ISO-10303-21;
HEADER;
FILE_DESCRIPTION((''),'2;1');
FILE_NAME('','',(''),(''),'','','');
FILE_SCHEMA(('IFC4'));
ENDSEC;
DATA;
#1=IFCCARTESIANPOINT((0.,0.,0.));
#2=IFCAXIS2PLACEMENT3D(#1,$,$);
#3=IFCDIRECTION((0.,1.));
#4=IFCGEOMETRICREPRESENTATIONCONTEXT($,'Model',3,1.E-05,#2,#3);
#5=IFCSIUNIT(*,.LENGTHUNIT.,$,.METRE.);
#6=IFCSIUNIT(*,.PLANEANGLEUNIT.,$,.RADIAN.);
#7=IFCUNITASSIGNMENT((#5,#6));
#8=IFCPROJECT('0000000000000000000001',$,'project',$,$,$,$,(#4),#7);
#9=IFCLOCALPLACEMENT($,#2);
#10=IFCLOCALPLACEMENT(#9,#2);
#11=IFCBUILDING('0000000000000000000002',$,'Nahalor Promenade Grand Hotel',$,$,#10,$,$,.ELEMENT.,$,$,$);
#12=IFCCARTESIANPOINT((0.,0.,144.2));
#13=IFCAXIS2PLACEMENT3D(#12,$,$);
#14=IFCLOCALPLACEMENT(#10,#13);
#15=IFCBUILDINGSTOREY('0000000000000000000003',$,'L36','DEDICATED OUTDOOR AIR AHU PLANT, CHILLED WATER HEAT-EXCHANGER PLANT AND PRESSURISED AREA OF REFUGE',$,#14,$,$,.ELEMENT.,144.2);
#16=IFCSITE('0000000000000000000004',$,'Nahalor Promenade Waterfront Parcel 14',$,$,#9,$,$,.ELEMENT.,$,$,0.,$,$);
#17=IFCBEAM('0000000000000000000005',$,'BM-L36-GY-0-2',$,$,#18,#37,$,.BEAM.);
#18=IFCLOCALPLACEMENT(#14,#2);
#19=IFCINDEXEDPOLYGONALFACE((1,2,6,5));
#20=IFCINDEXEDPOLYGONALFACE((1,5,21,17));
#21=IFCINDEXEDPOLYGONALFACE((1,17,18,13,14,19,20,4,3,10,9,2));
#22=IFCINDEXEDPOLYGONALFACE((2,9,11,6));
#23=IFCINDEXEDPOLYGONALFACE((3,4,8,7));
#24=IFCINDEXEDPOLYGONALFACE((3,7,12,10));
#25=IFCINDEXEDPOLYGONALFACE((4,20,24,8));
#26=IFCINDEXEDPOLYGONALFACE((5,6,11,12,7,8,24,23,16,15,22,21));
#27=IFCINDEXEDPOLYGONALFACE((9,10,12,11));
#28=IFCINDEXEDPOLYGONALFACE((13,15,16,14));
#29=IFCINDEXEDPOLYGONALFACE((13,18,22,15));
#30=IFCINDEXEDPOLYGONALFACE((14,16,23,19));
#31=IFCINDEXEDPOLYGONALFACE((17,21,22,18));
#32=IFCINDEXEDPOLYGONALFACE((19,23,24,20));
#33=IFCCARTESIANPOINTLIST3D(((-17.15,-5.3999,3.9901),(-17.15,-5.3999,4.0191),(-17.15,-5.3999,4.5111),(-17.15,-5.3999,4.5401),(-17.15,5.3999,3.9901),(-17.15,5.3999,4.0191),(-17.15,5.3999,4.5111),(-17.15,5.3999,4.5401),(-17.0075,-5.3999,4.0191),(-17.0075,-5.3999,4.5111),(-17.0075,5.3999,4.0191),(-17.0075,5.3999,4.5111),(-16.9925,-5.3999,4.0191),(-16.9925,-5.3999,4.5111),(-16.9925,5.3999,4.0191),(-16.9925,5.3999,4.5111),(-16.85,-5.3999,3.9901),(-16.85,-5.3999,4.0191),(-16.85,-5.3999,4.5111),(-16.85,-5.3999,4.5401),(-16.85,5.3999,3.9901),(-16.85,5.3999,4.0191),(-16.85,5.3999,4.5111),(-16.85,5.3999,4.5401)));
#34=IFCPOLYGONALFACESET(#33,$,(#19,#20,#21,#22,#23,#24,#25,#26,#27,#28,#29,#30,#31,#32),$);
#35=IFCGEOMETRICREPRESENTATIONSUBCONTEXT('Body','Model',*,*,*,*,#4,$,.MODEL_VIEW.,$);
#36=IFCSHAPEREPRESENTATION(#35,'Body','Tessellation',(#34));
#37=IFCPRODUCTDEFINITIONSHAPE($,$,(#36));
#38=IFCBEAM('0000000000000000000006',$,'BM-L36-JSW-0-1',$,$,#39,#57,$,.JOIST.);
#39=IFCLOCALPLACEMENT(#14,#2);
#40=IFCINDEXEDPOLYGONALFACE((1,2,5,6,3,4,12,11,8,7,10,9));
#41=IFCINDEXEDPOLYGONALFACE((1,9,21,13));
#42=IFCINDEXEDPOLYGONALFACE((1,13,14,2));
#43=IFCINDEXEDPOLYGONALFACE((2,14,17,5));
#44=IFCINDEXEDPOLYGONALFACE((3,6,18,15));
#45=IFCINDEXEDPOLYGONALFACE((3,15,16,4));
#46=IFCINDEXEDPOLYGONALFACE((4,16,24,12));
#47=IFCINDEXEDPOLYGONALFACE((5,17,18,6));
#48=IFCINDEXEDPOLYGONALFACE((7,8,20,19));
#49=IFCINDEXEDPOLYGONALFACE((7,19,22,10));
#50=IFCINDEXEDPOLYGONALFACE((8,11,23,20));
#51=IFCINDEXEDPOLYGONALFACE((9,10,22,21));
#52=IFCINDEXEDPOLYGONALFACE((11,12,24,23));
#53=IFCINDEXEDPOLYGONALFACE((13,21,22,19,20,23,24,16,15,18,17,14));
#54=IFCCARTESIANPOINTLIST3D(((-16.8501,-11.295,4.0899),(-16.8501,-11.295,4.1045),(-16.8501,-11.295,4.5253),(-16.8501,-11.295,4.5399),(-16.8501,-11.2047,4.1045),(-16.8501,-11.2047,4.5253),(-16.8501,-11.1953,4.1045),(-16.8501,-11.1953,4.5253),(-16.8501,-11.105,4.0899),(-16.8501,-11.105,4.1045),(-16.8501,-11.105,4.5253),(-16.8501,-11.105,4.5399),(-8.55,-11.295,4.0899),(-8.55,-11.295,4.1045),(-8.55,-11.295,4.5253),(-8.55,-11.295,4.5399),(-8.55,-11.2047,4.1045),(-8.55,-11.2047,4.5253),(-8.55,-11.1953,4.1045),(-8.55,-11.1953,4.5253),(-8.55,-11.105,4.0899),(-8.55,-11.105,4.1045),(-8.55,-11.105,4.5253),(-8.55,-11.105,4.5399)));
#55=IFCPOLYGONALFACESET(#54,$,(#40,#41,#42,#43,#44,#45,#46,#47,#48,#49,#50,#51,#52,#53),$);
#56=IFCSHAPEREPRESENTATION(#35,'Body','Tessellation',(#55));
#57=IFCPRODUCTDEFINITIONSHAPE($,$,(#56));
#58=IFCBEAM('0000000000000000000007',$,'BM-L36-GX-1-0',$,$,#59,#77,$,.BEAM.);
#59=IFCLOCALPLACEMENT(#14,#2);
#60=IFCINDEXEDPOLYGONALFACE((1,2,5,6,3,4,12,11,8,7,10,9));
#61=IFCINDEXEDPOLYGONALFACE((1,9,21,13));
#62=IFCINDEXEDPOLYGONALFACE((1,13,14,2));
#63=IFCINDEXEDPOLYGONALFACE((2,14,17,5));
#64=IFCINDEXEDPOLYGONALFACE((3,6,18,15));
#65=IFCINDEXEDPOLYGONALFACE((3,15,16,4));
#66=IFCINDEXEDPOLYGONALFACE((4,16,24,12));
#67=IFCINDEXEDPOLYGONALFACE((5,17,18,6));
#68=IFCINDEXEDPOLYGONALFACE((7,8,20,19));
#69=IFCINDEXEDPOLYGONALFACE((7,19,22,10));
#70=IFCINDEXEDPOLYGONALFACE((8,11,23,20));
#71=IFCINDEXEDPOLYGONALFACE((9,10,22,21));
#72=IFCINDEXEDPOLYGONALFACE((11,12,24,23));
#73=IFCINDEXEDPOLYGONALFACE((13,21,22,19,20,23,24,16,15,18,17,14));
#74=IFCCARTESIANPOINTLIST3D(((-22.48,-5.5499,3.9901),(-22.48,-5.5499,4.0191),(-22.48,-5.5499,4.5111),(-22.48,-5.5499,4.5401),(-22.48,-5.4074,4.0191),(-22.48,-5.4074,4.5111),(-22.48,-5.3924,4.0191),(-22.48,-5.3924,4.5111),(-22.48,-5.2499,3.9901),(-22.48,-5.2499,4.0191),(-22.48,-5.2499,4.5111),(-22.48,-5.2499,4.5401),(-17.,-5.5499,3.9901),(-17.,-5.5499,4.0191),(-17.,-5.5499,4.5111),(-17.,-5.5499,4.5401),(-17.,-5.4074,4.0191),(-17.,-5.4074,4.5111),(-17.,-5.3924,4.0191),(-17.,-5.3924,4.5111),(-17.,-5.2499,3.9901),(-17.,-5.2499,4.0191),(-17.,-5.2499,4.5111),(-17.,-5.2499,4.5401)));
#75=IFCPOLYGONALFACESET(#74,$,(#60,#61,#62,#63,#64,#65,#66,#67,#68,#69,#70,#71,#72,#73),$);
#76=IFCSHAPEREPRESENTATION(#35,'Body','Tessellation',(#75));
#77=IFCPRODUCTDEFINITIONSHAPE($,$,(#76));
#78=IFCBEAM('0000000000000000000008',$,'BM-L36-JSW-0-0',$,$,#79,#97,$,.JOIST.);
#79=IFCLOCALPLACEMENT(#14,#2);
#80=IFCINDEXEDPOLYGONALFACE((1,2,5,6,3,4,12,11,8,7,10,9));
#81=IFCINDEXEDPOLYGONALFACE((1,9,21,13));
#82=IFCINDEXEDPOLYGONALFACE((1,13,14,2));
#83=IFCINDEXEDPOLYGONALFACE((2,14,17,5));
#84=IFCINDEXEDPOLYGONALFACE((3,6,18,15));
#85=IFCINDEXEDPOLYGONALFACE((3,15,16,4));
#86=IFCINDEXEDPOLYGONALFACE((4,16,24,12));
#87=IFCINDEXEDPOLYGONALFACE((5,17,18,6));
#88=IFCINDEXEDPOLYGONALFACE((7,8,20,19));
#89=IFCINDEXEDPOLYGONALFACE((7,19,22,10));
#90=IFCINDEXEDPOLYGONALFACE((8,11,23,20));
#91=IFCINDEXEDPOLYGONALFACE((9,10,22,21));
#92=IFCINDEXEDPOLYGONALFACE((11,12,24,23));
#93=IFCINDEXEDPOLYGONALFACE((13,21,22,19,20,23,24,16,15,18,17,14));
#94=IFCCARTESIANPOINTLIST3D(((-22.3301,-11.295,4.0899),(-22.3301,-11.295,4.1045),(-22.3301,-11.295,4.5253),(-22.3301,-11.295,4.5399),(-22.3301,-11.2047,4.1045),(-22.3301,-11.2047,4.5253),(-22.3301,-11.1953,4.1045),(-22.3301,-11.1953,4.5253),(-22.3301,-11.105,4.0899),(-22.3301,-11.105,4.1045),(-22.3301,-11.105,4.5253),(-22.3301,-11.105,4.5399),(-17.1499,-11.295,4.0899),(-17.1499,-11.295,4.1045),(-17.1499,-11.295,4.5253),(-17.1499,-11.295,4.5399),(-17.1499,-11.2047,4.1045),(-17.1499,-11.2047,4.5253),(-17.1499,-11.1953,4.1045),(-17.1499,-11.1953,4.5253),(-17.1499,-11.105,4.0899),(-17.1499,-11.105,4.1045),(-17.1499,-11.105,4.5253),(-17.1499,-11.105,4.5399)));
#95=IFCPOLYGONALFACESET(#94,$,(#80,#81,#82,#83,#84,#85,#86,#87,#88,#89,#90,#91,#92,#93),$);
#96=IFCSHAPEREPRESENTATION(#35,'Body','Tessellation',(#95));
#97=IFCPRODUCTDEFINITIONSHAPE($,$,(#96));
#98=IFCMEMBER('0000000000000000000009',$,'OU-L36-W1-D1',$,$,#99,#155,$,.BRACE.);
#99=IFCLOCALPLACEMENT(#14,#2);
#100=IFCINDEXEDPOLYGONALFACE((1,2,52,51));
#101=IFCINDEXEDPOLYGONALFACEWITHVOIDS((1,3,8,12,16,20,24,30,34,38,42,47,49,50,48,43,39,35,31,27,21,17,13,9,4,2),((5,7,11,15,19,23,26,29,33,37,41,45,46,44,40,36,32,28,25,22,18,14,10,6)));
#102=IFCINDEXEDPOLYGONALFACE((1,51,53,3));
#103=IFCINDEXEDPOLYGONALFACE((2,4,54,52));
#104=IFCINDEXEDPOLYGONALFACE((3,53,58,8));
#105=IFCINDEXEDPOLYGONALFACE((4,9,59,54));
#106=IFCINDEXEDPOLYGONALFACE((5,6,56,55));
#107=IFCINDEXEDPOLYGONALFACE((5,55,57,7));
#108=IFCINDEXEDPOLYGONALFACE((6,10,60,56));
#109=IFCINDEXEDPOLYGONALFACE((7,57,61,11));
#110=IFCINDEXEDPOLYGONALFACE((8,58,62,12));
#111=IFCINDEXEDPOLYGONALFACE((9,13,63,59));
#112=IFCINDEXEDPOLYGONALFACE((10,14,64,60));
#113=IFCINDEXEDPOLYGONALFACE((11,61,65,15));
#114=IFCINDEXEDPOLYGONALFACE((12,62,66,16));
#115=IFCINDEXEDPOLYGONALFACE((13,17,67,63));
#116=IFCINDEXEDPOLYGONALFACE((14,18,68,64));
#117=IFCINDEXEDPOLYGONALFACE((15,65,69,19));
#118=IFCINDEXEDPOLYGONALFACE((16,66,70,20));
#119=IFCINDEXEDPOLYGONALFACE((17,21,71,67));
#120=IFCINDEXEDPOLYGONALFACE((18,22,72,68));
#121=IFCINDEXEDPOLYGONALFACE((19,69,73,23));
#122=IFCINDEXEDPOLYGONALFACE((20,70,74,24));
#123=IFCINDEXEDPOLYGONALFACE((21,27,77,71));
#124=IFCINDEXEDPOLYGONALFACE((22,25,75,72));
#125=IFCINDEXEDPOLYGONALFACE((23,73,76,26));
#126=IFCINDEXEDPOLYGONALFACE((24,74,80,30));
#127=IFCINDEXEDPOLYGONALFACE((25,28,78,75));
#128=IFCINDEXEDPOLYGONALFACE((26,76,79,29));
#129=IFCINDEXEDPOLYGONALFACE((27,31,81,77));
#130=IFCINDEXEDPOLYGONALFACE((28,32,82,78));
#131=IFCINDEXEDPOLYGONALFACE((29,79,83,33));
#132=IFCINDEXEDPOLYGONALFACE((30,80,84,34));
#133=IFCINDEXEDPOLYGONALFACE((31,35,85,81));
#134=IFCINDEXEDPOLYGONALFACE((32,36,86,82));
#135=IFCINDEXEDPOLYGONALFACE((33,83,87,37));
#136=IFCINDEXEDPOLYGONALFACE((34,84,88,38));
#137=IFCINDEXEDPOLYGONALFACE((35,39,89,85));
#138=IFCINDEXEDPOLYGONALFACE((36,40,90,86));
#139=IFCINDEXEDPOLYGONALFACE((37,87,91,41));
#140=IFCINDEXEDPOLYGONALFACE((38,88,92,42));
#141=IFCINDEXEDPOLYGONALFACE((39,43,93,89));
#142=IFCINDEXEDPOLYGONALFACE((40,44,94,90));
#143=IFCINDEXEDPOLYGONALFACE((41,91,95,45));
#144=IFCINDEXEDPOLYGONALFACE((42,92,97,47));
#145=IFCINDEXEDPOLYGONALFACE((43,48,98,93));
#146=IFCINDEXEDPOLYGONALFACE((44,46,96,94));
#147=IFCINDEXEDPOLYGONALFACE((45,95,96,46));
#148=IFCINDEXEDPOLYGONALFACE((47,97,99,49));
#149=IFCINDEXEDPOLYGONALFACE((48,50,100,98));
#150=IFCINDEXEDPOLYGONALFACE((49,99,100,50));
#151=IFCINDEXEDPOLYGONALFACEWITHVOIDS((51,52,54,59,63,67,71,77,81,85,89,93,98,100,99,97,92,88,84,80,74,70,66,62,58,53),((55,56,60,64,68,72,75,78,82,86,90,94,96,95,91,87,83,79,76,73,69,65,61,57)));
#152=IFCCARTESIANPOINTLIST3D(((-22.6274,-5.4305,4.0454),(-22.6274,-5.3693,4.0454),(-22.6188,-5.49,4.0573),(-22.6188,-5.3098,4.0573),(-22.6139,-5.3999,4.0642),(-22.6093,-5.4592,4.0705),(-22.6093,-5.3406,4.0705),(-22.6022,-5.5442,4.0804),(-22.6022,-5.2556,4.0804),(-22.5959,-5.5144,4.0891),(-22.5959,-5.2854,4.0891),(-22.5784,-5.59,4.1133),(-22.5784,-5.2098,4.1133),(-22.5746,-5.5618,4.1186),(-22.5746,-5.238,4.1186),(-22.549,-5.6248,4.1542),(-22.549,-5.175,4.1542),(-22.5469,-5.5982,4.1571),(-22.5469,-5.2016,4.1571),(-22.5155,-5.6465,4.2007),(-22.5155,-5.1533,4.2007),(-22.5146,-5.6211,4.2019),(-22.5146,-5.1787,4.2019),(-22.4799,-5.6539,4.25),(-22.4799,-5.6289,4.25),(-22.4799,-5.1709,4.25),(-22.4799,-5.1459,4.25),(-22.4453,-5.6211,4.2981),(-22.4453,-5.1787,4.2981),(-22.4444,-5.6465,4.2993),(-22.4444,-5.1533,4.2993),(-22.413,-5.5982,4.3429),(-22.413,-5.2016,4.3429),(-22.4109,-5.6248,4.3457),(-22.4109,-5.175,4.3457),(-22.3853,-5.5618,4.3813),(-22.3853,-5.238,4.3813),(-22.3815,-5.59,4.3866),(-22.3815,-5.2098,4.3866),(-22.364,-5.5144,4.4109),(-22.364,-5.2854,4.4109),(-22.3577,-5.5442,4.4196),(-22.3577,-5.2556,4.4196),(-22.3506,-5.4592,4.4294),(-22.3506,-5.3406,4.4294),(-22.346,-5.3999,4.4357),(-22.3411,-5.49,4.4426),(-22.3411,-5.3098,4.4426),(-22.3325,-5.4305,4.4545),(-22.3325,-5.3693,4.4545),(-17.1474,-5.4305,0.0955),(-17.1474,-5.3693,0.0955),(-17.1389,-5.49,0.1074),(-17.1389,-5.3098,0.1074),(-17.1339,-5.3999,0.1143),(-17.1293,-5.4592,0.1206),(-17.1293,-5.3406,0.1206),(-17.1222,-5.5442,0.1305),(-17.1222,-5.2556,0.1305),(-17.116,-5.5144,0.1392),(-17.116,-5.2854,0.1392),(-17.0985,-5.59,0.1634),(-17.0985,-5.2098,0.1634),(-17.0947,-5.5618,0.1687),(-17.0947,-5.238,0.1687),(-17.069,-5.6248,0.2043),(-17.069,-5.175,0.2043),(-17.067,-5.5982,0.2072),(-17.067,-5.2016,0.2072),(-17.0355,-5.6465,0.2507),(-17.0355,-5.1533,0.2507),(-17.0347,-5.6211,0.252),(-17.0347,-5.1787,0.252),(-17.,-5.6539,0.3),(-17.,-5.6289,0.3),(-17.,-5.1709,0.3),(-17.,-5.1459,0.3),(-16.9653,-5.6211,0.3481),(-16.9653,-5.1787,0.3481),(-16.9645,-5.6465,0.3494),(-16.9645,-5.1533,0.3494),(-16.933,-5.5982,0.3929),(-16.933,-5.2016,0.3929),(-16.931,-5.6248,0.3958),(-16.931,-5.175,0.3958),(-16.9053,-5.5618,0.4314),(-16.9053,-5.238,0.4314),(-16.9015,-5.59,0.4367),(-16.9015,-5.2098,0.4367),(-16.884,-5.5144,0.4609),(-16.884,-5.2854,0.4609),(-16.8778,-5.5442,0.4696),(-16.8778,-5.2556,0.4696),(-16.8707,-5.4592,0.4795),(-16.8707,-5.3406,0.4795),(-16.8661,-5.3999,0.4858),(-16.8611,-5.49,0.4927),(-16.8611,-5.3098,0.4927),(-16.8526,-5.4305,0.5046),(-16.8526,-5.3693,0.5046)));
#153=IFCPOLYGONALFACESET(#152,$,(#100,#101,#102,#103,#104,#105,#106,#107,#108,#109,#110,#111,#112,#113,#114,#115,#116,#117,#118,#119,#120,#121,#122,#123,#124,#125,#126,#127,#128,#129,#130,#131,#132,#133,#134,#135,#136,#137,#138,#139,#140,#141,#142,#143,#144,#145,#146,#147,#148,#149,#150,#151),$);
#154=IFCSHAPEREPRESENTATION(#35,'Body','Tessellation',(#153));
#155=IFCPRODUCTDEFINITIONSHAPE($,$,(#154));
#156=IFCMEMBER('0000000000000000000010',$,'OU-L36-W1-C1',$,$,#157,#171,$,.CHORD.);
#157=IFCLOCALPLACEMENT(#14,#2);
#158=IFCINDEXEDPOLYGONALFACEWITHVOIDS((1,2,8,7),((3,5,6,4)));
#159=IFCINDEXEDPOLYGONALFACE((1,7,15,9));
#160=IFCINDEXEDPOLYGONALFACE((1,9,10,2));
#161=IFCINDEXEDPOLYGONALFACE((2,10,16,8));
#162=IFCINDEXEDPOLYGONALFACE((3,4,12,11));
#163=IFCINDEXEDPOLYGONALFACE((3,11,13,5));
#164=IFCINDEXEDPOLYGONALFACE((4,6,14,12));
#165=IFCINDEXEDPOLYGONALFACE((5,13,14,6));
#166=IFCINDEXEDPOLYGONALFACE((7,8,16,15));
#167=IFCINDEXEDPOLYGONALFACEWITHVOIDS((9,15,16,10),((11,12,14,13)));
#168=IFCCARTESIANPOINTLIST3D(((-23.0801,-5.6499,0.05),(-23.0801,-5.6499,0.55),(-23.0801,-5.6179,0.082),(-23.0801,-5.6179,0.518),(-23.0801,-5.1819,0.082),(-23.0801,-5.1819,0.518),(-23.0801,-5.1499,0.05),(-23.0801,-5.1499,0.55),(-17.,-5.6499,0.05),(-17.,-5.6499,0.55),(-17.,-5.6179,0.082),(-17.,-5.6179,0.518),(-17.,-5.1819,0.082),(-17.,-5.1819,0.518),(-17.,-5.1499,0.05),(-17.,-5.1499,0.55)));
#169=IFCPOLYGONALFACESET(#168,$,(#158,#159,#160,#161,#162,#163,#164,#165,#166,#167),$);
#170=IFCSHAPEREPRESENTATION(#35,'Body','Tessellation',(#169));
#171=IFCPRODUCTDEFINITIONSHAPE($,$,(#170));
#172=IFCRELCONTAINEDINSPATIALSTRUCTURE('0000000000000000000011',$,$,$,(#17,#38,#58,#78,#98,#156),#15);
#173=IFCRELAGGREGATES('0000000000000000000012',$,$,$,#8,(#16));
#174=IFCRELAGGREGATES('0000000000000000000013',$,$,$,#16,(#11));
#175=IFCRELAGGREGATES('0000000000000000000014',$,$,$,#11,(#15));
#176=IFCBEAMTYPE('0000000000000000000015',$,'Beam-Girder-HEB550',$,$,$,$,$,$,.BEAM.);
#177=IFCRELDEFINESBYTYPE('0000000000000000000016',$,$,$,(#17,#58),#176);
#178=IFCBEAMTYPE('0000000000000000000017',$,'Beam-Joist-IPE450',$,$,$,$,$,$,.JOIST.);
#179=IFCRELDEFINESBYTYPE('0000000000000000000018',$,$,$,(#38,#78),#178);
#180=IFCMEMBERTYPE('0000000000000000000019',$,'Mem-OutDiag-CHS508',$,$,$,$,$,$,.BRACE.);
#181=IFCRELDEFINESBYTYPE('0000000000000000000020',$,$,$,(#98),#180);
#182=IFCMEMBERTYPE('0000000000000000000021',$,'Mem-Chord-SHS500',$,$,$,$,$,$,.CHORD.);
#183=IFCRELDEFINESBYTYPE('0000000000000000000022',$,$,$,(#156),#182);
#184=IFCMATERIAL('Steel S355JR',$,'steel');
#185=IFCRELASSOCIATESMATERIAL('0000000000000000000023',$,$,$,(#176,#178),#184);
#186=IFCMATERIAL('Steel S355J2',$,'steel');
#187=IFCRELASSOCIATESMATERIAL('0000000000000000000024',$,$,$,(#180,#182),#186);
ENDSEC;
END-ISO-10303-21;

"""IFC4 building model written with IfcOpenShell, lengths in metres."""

from ifc_helpers import new_model, si_unit, direction, frame, origin, origin_2d, place, context, subcontext, project, spatial, hollow_rectangle, hollow_circle, i_section, extrude, source, transform, mapped, material, material_profile, profile_set, type_object, element, save


model = new_model("IFC4")

# Units and contexts
model_context = context("Model", 3, precision=1e-05, world=origin(), true_north=direction((0.0, 1.0)))
body_context = subcontext(model_context, "Body", "Model", "MODEL_VIEW")
ifc_project = project(units=[si_unit("LENGTHUNIT", "METRE"), si_unit("PLANEANGLEUNIT", "RADIAN")], contexts=[model_context])

# Site, building, storey
site_placement = place(None, origin())
site = spatial("IfcSite", under=ifc_project, at=site_placement, Name="Nahalor Promenade Waterfront Parcel 14", CompositionType="ELEMENT", RefElevation=0.0)
building_placement = place(site_placement, origin())
building = spatial("IfcBuilding", under=site, at=building_placement, Name="Nahalor Promenade Grand Hotel", CompositionType="ELEMENT")
storey_placement = place(building_placement, frame((0.0, 0.0, 144.2)))
storey = spatial("IfcBuildingStorey", under=building, at=storey_placement, Name="L36", Description="DEDICATED OUTDOOR AIR AHU PLANT, CHILLED WATER HEAT-EXCHANGER PLANT AND PRESSURISED AREA OF REFUGE", CompositionType="ELEMENT", Elevation=144.2)

# Shared definitions
ifc_material_1 = material(Name="Steel S355J2", Category="steel")

# Beams
ifc_material_2 = material(Name="Steel S355JR", Category="steel")
ifc_material_profile_1 = material_profile(ifc_material_2, i_section(OverallWidth=0.3, OverallDepth=0.55, WebThickness=0.015, FlangeThickness=0.029, at=origin_2d()), Name="HEB 550")
ifc_profile_set_1 = profile_set([ifc_material_profile_1], Name="Steel S355JR")
beam_type_1 = type_object("IfcBeamType", Name="Beam-Girder-HEB550", PredefinedType="BEAM", material=ifc_profile_set_1)
shared_shape_1 = source(origin(), body_context, "Body", "SweptSolid", [
    extrude(i_section(OverallWidth=0.3, OverallDepth=0.55, WebThickness=0.015, FlangeThickness=0.029, at=origin_2d()), origin(), (0.0, 0.0, 1.0), 10.7998),
])
beam_1_placement = place(storey_placement, frame((-17.0, -5.3999, 4.2651), z_axis=(0.0, 1.0, 0.0), x_axis=(-1.0, 0.0, 0.0)))
element("IfcBeam", 1, at=beam_1_placement, inside=storey, type_object=beam_type_1, Name="BM-L36-GY-0-2", PredefinedType="BEAM", context=body_context, shape_type="MappedRepresentation", body=[
    mapped(shared_shape_1, transform((0.0, 0.0, 0.0), scale=1.0)),
])
ifc_material_profile_2 = material_profile(ifc_material_2, i_section(OverallWidth=0.19, OverallDepth=0.45, WebThickness=0.0094, FlangeThickness=0.0146, at=origin_2d()), Name="IPE 450")
ifc_profile_set_2 = profile_set([ifc_material_profile_2], Name="Steel S355JR")
beam_type_2 = type_object("IfcBeamType", Name="Beam-Joist-IPE450", PredefinedType="JOIST", material=ifc_profile_set_2)
shared_shape_2 = source(origin(), body_context, "Body", "SweptSolid", [
    extrude(i_section(OverallWidth=0.19, OverallDepth=0.45, WebThickness=0.0094, FlangeThickness=0.0146, at=origin_2d()), origin(), (0.0, 0.0, 1.0), 8.3),
])
beam_2_placement = place(storey_placement, frame((-16.8501, -11.2, 4.3149), z_axis=(1.0, 0.0, 0.0), x_axis=(0.0, 1.0, 0.0)))
element("IfcBeam", 2, at=beam_2_placement, inside=storey, type_object=beam_type_2, Name="BM-L36-JSW-0-1", PredefinedType="JOIST", context=body_context, shape_type="MappedRepresentation", body=[
    mapped(shared_shape_2, transform((0.0, 0.0, 0.0), scale=1.0)),
])
shared_shape_3 = source(origin(), body_context, "Body", "SweptSolid", [
    extrude(i_section(OverallWidth=0.3, OverallDepth=0.55, WebThickness=0.015, FlangeThickness=0.029, at=origin_2d()), origin(), (0.0, 0.0, 1.0), 5.48),
])
beam_3_placement = place(storey_placement, frame((-22.48, -5.3999, 4.2651), z_axis=(1.0, 0.0, 0.0), x_axis=(0.0, 1.0, 0.0)))
element("IfcBeam", 3, at=beam_3_placement, inside=storey, type_object=beam_type_1, Name="BM-L36-GX-1-0", PredefinedType="BEAM", context=body_context, shape_type="MappedRepresentation", body=[
    mapped(shared_shape_3, transform((0.0, 0.0, 0.0), scale=1.0)),
])
shared_shape_4 = source(origin(), body_context, "Body", "SweptSolid", [
    extrude(i_section(OverallWidth=0.19, OverallDepth=0.45, WebThickness=0.0094, FlangeThickness=0.0146, at=origin_2d()), origin(), (0.0, 0.0, 1.0), 5.1802),
])
beam_4_placement = place(storey_placement, frame((-22.3301, -11.2, 4.3149), z_axis=(1.0, 0.0, 0.0), x_axis=(0.0, 1.0, 0.0)))
element("IfcBeam", 4, at=beam_4_placement, inside=storey, type_object=beam_type_2, Name="BM-L36-JSW-0-0", PredefinedType="JOIST", context=body_context, shape_type="MappedRepresentation", body=[
    mapped(shared_shape_4, transform((0.0, 0.0, 0.0), scale=1.0)),
])

# Members
ifc_material_profile_3 = material_profile(ifc_material_1, hollow_circle(Radius=0.254, WallThickness=0.025, at=origin_2d()), Name="CHS 508x25")
ifc_profile_set_3 = profile_set([ifc_material_profile_3], Name="Steel S355J2")
member_type_1 = type_object("IfcMemberType", Name="Mem-OutDiag-CHS508", PredefinedType="BRACE", material=ifc_profile_set_3)
shared_shape_5 = source(origin(), body_context, "Body", "SweptSolid", [
    extrude(hollow_circle(Radius=0.254, WallThickness=0.025, at=origin_2d()), origin(), (0.0, 0.0, 1.0), 6.7551),
])
member_1_placement = place(storey_placement, frame((-17.0, -5.3999, 0.3), z_axis=(-0.811228, 0.0, 0.58473), x_axis=(0.0, -1.0, 0.0)))
element("IfcMember", 5, at=member_1_placement, inside=storey, type_object=member_type_1, Name="OU-L36-W1-D1", PredefinedType="BRACE", context=body_context, shape_type="MappedRepresentation", body=[
    mapped(shared_shape_5, transform((0.0, 0.0, 0.0), scale=1.0)),
])
ifc_material_profile_4 = material_profile(ifc_material_1, hollow_rectangle(XDim=0.5, YDim=0.5, WallThickness=0.032, at=origin_2d()), Name="SHS 500x500x32")
ifc_profile_set_4 = profile_set([ifc_material_profile_4], Name="Steel S355J2")
member_type_2 = type_object("IfcMemberType", Name="Mem-Chord-SHS500", PredefinedType="CHORD", material=ifc_profile_set_4)
shared_shape_6 = source(origin(), body_context, "Body", "SweptSolid", [
    extrude(hollow_rectangle(XDim=0.5, YDim=0.5, WallThickness=0.032, at=origin_2d()), origin(), (0.0, 0.0, 1.0), 6.0801),
])
member_2_placement = place(storey_placement, frame((-17.0, -5.3999, 0.3), z_axis=(-1.0, 0.0, 0.0), x_axis=(0.0, -1.0, 0.0)))
element("IfcMember", 6, at=member_2_placement, inside=storey, type_object=member_type_2, Name="OU-L36-W1-C1", PredefinedType="CHORD", context=body_context, shape_type="MappedRepresentation", body=[
    mapped(shared_shape_6, transform((0.0, 0.0, 0.0), scale=1.0)),
])

save(model, "model.ifc")
